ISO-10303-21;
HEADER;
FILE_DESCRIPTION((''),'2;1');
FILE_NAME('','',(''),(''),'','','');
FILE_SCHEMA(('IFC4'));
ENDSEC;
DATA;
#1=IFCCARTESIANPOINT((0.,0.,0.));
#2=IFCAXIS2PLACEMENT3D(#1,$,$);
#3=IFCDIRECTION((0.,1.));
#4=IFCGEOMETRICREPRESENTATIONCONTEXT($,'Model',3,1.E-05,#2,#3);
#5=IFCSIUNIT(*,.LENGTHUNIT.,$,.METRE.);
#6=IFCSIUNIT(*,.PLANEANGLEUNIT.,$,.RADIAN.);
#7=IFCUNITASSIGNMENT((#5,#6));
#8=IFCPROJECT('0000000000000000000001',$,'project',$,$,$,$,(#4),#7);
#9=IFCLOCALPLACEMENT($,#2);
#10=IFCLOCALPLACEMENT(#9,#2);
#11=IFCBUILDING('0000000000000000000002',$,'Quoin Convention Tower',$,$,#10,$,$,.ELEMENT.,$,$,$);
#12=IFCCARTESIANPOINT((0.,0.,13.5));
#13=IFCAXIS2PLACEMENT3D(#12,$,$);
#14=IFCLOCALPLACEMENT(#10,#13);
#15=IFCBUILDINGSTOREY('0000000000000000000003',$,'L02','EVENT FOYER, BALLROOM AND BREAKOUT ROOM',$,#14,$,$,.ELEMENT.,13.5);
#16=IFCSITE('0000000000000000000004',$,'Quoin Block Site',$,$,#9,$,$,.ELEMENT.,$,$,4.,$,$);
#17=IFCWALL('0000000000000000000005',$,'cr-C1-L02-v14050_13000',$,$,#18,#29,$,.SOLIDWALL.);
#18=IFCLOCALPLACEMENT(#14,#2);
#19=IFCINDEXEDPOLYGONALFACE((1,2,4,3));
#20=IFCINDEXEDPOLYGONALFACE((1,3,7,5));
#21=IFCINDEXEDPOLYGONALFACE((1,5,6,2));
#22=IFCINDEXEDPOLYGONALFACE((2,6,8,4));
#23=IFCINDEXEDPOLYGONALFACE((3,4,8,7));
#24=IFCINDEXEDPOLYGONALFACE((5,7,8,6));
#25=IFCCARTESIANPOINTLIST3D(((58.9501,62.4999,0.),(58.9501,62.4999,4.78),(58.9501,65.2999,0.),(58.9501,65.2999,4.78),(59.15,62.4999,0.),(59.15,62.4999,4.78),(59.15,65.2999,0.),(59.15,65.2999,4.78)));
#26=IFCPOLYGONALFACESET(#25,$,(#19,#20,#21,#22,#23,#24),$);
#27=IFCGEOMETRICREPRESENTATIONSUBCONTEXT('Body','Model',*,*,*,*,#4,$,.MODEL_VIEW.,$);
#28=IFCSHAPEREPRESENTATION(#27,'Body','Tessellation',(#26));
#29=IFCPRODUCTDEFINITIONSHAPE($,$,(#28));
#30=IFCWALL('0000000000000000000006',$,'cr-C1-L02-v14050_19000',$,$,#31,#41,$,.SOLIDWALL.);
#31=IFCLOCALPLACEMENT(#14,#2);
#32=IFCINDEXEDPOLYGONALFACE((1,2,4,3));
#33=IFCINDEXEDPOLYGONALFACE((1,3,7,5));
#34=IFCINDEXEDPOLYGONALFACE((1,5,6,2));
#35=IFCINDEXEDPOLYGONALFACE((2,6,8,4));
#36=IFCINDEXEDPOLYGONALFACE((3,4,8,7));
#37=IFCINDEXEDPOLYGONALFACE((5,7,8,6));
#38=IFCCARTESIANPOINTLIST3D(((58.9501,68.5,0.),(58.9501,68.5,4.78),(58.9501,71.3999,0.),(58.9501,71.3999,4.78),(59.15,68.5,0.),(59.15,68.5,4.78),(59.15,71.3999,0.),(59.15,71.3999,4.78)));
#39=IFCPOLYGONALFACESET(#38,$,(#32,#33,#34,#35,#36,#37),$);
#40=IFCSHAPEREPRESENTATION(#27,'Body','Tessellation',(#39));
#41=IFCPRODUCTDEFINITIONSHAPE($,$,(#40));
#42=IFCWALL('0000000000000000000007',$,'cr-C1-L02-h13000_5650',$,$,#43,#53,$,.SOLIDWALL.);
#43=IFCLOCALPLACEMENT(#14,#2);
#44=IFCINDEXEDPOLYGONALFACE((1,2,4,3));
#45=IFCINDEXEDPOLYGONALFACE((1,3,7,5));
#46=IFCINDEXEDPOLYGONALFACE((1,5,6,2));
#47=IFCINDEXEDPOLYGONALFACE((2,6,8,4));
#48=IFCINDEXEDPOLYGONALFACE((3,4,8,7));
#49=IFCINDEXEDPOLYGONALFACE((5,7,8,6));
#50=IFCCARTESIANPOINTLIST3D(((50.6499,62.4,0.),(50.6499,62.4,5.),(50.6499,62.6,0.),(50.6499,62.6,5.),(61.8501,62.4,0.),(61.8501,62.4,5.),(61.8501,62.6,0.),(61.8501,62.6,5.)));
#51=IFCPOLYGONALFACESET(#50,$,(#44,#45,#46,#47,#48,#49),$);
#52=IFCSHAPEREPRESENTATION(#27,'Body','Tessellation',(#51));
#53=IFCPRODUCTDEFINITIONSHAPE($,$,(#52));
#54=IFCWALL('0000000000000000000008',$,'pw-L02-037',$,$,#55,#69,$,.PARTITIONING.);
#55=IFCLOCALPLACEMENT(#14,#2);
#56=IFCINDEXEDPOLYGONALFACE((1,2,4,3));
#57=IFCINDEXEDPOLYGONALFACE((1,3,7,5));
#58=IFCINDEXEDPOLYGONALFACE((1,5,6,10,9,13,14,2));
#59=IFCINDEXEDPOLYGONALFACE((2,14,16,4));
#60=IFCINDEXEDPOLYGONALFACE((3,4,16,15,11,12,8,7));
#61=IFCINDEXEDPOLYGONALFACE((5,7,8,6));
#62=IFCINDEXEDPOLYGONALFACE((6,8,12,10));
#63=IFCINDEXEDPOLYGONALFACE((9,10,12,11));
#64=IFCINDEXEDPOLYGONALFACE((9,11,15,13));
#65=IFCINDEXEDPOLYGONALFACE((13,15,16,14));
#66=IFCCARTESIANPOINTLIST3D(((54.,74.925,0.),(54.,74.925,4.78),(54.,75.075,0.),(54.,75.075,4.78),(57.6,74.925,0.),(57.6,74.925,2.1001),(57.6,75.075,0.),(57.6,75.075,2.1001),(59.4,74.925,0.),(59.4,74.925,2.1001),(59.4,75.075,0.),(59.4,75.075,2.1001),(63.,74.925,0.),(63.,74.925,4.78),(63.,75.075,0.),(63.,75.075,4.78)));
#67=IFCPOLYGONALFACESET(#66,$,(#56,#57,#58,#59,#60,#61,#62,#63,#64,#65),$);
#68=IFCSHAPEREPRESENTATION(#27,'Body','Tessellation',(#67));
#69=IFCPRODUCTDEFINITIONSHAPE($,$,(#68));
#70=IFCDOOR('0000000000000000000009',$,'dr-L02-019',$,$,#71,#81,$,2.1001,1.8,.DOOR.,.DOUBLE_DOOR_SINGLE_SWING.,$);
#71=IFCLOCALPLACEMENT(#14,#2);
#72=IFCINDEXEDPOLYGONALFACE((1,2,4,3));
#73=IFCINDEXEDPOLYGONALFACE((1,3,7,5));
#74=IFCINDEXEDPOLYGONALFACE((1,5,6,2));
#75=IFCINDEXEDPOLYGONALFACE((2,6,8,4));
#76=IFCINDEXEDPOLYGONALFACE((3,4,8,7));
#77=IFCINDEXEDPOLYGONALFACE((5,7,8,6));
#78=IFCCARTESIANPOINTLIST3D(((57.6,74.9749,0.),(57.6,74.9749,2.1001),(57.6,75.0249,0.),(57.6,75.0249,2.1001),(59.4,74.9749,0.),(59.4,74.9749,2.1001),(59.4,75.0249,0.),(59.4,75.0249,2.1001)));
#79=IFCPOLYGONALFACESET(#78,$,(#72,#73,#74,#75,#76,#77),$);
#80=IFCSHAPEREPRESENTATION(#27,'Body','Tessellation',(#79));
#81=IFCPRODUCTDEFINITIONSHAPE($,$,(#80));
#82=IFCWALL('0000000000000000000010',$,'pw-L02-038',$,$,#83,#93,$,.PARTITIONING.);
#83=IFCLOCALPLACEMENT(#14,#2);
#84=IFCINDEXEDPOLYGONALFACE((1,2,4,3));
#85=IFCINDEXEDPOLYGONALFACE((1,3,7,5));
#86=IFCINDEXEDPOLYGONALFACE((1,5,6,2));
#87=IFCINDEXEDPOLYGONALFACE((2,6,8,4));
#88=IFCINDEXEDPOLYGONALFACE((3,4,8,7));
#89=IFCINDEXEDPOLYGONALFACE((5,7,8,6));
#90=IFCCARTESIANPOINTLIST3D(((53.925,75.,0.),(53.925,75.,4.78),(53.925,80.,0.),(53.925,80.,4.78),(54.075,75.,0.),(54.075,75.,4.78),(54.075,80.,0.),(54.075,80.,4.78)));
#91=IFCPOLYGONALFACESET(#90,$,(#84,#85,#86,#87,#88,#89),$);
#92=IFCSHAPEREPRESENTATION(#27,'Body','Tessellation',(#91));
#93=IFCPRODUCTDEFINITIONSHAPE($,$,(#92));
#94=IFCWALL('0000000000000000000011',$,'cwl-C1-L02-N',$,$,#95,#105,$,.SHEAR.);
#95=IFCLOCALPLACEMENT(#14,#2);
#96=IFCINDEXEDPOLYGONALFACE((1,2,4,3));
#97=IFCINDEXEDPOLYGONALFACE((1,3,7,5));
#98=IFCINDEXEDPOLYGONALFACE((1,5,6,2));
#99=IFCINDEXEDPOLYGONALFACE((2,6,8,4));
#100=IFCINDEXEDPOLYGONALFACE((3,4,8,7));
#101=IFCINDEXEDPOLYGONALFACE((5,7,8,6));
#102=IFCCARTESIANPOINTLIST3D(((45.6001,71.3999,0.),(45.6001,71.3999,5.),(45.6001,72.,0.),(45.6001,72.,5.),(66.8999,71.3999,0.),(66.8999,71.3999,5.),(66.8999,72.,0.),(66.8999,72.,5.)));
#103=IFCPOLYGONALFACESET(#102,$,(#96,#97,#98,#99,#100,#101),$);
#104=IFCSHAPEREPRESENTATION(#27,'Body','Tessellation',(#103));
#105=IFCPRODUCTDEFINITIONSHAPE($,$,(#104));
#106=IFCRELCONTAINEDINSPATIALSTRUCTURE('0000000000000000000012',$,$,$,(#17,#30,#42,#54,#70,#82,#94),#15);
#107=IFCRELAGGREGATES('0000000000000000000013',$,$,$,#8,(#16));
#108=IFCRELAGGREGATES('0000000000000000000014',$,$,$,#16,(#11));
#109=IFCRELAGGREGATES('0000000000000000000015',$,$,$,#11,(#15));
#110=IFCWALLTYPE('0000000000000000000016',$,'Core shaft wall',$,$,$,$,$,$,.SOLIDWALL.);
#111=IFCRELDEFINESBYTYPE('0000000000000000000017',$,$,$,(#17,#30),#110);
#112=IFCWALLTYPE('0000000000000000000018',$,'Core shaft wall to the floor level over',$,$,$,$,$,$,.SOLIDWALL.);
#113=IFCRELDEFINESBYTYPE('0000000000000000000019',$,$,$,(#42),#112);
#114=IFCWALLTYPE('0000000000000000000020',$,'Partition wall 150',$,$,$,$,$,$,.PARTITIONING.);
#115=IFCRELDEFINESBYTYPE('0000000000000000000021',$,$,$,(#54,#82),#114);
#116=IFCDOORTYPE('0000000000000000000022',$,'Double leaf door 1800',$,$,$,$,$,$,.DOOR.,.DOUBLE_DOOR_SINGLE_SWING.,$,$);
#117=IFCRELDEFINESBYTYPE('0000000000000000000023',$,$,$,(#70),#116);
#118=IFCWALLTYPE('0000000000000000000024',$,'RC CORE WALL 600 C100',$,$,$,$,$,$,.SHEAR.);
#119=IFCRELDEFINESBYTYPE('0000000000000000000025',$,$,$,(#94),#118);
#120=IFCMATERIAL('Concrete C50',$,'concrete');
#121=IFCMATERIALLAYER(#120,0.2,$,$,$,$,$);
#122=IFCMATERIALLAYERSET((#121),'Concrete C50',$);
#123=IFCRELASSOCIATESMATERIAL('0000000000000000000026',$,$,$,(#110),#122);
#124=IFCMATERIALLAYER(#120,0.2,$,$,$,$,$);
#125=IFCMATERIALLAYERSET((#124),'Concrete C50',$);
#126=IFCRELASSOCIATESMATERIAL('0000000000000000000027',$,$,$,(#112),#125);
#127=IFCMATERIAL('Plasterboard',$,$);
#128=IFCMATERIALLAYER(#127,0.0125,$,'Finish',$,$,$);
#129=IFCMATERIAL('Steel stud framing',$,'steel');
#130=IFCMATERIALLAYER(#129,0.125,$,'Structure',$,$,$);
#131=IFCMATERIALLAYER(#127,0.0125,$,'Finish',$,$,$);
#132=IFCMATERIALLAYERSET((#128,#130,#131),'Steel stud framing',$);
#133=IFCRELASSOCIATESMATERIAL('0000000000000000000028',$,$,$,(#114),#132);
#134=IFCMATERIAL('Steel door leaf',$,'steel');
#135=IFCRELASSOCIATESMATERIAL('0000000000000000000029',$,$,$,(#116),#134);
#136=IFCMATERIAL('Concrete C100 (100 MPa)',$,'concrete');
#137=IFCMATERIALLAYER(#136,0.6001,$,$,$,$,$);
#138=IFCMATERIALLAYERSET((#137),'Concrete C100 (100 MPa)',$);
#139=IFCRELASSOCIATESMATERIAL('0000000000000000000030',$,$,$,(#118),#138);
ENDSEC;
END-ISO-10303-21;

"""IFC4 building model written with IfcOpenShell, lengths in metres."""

from ifc_helpers import new_model, si_unit, direction, frame, frame_2d, origin, place, context, subcontext, project, spatial, rectangle, extrude, material, layer, layer_set, type_object, element, fill, save


model = new_model("IFC4")

# Units and contexts
model_context = context("Model", 3, precision=1e-05, world=origin(), true_north=direction((0.0, 1.0)))
body_context = subcontext(model_context, "Body", "Model", "MODEL_VIEW")
ifc_project = project(units=[si_unit("LENGTHUNIT", "METRE"), si_unit("PLANEANGLEUNIT", "RADIAN")], contexts=[model_context])

# Site, building, storey
site_placement = place(None, origin())
site = spatial("IfcSite", under=ifc_project, at=site_placement, Name="Quoin Block Site", CompositionType="ELEMENT", RefElevation=4.0)
building_placement = place(site_placement, origin())
building = spatial("IfcBuilding", under=site, at=building_placement, Name="Quoin Convention Tower", CompositionType="ELEMENT")
storey_placement = place(building_placement, frame((0.0, 0.0, 13.5)))
storey = spatial("IfcBuildingStorey", under=building, at=storey_placement, Name="L02", Description="EVENT FOYER, BALLROOM AND BREAKOUT ROOM", CompositionType="ELEMENT", Elevation=13.5)

# Shared definitions
ifc_material_1 = material(Name="Concrete C100 (100 MPa)", Category="concrete")

# Shared definitions
ifc_material_2 = material(Name="Plasterboard")
ifc_material_3 = material(Name="Steel stud framing", Category="steel")
ifc_material_4 = material(Name="Steel door leaf", Category="steel")

# Shared definitions
ifc_material_5 = material(Name="Concrete C50", Category="concrete")
ifc_layer_1 = layer(ifc_material_5, 0.2)
ifc_layer_set_1 = layer_set([ifc_layer_1], Name="Concrete C50")
wall_type_1 = type_object("IfcWallType", Name="Core shaft wall", PredefinedType="SOLIDWALL", material=ifc_layer_set_1)

# Walls
wall_1_placement = place(storey_placement, frame((59.05, 62.5, 0.0), z_axis=(0.0, 0.0, 1.0), x_axis=(0.0, 1.0, 0.0)))
element("IfcWall", 1, at=wall_1_placement, inside=storey, type_object=wall_type_1, Name="cr-C1-L02-v14050_13000", PredefinedType="SOLIDWALL", context=body_context, shape_type="SweptSolid", body=[
    extrude(rectangle(XDim=2.8, YDim=0.2, at=frame_2d((1.3999, 0.0))), origin(), (0.0, 0.0, 1.0), 4.78),
])
wall_2_placement = place(storey_placement, frame((59.05, 68.5, 0.0), z_axis=(0.0, 0.0, 1.0), x_axis=(0.0, 1.0, 0.0)))
element("IfcWall", 2, at=wall_2_placement, inside=storey, type_object=wall_type_1, Name="cr-C1-L02-v14050_19000", PredefinedType="SOLIDWALL", context=body_context, shape_type="SweptSolid", body=[
    extrude(rectangle(XDim=2.8999, YDim=0.2, at=frame_2d((1.45, 0.0))), origin(), (0.0, 0.0, 1.0), 4.78),
])
ifc_layer_2 = layer(ifc_material_5, 0.2)
ifc_layer_set_2 = layer_set([ifc_layer_2], Name="Concrete C50")
wall_type_2 = type_object("IfcWallType", Name="Core shaft wall to the floor level over", PredefinedType="SOLIDWALL", material=ifc_layer_set_2)
wall_3_placement = place(storey_placement, frame((50.6499, 62.5, 0.0), z_axis=(0.0, 0.0, 1.0), x_axis=(1.0, 0.0, 0.0)))
element("IfcWall", 3, at=wall_3_placement, inside=storey, type_object=wall_type_2, Name="cr-C1-L02-h13000_5650", PredefinedType="SOLIDWALL", context=body_context, shape_type="SweptSolid", body=[
    extrude(rectangle(XDim=11.2002, YDim=0.2, at=frame_2d((5.6001, 0.0))), origin(), (0.0, 0.0, 1.0), 5.0),
])

# Wall, opening, door
ifc_layer_3 = layer(ifc_material_2, 0.0125, Name="Finish")
ifc_layer_4 = layer(ifc_material_3, 0.125, Name="Structure")
ifc_layer_5 = layer(ifc_material_2, 0.0125, Name="Finish")
ifc_layer_set_3 = layer_set([ifc_layer_3, ifc_layer_4, ifc_layer_5], Name="Steel stud framing")
wall_type_3 = type_object("IfcWallType", Name="Partition wall 150", PredefinedType="PARTITIONING", material=ifc_layer_set_3)
wall_4_placement = place(storey_placement, frame((54.0, 75.0, 0.0), z_axis=(0.0, 0.0, 1.0), x_axis=(1.0, 0.0, 0.0)))
wall_4 = element("IfcWall", 4, at=wall_4_placement, inside=storey, type_object=wall_type_3, Name="pw-L02-037", PredefinedType="PARTITIONING", context=body_context, shape_type="SweptSolid", body=[
    extrude(rectangle(XDim=9.0, YDim=0.1499, at=frame_2d((4.5, 0.0))), origin(), (0.0, 0.0, 1.0), 4.78),
])
opening_1_placement = place(wall_4_placement, frame((3.6001, 0.0, 0.0)))
opening_1 = element("IfcOpeningElement", 5, at=opening_1_placement, cuts=wall_4, PredefinedType="OPENING", context=body_context, shape_type="SweptSolid", body=[
    extrude(rectangle(XDim=1.8, YDim=2.1001, at=frame_2d((0.8999, 1.05))), frame((0.0, 0.085, 0.0), z_axis=(0.0, -1.0, 0.0), x_axis=(1.0, 0.0, 0.0)), (0.0, 0.0, 1.0), 0.1699),
])
door_type_1 = type_object("IfcDoorType", Name="Double leaf door 1800", OperationType="DOUBLE_DOOR_SINGLE_SWING", PredefinedType="DOOR", material=ifc_material_4)
door_1_placement = place(opening_1_placement, origin())
door_1 = element("IfcDoor", 6, at=door_1_placement, inside=storey, type_object=door_type_1, Name="dr-L02-019", OperationType="DOUBLE_DOOR_SINGLE_SWING", OverallHeight=2.1001, OverallWidth=1.8, PredefinedType="DOOR", context=body_context, shape_type="SweptSolid", body=[
    extrude(rectangle(XDim=1.8, YDim=2.1001, at=frame_2d((0.8999, 1.05))), frame((0.0, 0.0249, 0.0), z_axis=(0.0, -1.0, 0.0), x_axis=(1.0, 0.0, 0.0)), (0.0, 0.0, 1.0), 0.05),
])
fill(opening_1, door_1)

# Walls
wall_5_placement = place(storey_placement, frame((54.0, 75.0, 0.0), z_axis=(0.0, 0.0, 1.0), x_axis=(0.0, 1.0, 0.0)))
element("IfcWall", 7, at=wall_5_placement, inside=storey, type_object=wall_type_3, Name="pw-L02-038", PredefinedType="PARTITIONING", context=body_context, shape_type="SweptSolid", body=[
    extrude(rectangle(XDim=5.0, YDim=0.1499, at=frame_2d((2.5, 0.0))), origin(), (0.0, 0.0, 1.0), 4.78),
])
ifc_layer_6 = layer(ifc_material_1, 0.6001)
ifc_layer_set_4 = layer_set([ifc_layer_6], Name="Concrete C100 (100 MPa)")
wall_type_4 = type_object("IfcWallType", Name="RC CORE WALL 600 C100", PredefinedType="SHEAR", material=ifc_layer_set_4)
wall_6_placement = place(storey_placement, frame((45.6001, 71.7, 0.0), z_axis=(0.0, 0.0, 1.0), x_axis=(1.0, 0.0, 0.0)))
element("IfcWall", 8, at=wall_6_placement, inside=storey, type_object=wall_type_4, Name="cwl-C1-L02-N", PredefinedType="SHEAR", context=body_context, shape_type="SweptSolid", body=[
    extrude(rectangle(XDim=21.2998, YDim=0.6001, at=frame_2d((10.6499, 0.0))), origin(), (0.0, 0.0, 1.0), 5.0),
])

save(model, "model.ifc")
